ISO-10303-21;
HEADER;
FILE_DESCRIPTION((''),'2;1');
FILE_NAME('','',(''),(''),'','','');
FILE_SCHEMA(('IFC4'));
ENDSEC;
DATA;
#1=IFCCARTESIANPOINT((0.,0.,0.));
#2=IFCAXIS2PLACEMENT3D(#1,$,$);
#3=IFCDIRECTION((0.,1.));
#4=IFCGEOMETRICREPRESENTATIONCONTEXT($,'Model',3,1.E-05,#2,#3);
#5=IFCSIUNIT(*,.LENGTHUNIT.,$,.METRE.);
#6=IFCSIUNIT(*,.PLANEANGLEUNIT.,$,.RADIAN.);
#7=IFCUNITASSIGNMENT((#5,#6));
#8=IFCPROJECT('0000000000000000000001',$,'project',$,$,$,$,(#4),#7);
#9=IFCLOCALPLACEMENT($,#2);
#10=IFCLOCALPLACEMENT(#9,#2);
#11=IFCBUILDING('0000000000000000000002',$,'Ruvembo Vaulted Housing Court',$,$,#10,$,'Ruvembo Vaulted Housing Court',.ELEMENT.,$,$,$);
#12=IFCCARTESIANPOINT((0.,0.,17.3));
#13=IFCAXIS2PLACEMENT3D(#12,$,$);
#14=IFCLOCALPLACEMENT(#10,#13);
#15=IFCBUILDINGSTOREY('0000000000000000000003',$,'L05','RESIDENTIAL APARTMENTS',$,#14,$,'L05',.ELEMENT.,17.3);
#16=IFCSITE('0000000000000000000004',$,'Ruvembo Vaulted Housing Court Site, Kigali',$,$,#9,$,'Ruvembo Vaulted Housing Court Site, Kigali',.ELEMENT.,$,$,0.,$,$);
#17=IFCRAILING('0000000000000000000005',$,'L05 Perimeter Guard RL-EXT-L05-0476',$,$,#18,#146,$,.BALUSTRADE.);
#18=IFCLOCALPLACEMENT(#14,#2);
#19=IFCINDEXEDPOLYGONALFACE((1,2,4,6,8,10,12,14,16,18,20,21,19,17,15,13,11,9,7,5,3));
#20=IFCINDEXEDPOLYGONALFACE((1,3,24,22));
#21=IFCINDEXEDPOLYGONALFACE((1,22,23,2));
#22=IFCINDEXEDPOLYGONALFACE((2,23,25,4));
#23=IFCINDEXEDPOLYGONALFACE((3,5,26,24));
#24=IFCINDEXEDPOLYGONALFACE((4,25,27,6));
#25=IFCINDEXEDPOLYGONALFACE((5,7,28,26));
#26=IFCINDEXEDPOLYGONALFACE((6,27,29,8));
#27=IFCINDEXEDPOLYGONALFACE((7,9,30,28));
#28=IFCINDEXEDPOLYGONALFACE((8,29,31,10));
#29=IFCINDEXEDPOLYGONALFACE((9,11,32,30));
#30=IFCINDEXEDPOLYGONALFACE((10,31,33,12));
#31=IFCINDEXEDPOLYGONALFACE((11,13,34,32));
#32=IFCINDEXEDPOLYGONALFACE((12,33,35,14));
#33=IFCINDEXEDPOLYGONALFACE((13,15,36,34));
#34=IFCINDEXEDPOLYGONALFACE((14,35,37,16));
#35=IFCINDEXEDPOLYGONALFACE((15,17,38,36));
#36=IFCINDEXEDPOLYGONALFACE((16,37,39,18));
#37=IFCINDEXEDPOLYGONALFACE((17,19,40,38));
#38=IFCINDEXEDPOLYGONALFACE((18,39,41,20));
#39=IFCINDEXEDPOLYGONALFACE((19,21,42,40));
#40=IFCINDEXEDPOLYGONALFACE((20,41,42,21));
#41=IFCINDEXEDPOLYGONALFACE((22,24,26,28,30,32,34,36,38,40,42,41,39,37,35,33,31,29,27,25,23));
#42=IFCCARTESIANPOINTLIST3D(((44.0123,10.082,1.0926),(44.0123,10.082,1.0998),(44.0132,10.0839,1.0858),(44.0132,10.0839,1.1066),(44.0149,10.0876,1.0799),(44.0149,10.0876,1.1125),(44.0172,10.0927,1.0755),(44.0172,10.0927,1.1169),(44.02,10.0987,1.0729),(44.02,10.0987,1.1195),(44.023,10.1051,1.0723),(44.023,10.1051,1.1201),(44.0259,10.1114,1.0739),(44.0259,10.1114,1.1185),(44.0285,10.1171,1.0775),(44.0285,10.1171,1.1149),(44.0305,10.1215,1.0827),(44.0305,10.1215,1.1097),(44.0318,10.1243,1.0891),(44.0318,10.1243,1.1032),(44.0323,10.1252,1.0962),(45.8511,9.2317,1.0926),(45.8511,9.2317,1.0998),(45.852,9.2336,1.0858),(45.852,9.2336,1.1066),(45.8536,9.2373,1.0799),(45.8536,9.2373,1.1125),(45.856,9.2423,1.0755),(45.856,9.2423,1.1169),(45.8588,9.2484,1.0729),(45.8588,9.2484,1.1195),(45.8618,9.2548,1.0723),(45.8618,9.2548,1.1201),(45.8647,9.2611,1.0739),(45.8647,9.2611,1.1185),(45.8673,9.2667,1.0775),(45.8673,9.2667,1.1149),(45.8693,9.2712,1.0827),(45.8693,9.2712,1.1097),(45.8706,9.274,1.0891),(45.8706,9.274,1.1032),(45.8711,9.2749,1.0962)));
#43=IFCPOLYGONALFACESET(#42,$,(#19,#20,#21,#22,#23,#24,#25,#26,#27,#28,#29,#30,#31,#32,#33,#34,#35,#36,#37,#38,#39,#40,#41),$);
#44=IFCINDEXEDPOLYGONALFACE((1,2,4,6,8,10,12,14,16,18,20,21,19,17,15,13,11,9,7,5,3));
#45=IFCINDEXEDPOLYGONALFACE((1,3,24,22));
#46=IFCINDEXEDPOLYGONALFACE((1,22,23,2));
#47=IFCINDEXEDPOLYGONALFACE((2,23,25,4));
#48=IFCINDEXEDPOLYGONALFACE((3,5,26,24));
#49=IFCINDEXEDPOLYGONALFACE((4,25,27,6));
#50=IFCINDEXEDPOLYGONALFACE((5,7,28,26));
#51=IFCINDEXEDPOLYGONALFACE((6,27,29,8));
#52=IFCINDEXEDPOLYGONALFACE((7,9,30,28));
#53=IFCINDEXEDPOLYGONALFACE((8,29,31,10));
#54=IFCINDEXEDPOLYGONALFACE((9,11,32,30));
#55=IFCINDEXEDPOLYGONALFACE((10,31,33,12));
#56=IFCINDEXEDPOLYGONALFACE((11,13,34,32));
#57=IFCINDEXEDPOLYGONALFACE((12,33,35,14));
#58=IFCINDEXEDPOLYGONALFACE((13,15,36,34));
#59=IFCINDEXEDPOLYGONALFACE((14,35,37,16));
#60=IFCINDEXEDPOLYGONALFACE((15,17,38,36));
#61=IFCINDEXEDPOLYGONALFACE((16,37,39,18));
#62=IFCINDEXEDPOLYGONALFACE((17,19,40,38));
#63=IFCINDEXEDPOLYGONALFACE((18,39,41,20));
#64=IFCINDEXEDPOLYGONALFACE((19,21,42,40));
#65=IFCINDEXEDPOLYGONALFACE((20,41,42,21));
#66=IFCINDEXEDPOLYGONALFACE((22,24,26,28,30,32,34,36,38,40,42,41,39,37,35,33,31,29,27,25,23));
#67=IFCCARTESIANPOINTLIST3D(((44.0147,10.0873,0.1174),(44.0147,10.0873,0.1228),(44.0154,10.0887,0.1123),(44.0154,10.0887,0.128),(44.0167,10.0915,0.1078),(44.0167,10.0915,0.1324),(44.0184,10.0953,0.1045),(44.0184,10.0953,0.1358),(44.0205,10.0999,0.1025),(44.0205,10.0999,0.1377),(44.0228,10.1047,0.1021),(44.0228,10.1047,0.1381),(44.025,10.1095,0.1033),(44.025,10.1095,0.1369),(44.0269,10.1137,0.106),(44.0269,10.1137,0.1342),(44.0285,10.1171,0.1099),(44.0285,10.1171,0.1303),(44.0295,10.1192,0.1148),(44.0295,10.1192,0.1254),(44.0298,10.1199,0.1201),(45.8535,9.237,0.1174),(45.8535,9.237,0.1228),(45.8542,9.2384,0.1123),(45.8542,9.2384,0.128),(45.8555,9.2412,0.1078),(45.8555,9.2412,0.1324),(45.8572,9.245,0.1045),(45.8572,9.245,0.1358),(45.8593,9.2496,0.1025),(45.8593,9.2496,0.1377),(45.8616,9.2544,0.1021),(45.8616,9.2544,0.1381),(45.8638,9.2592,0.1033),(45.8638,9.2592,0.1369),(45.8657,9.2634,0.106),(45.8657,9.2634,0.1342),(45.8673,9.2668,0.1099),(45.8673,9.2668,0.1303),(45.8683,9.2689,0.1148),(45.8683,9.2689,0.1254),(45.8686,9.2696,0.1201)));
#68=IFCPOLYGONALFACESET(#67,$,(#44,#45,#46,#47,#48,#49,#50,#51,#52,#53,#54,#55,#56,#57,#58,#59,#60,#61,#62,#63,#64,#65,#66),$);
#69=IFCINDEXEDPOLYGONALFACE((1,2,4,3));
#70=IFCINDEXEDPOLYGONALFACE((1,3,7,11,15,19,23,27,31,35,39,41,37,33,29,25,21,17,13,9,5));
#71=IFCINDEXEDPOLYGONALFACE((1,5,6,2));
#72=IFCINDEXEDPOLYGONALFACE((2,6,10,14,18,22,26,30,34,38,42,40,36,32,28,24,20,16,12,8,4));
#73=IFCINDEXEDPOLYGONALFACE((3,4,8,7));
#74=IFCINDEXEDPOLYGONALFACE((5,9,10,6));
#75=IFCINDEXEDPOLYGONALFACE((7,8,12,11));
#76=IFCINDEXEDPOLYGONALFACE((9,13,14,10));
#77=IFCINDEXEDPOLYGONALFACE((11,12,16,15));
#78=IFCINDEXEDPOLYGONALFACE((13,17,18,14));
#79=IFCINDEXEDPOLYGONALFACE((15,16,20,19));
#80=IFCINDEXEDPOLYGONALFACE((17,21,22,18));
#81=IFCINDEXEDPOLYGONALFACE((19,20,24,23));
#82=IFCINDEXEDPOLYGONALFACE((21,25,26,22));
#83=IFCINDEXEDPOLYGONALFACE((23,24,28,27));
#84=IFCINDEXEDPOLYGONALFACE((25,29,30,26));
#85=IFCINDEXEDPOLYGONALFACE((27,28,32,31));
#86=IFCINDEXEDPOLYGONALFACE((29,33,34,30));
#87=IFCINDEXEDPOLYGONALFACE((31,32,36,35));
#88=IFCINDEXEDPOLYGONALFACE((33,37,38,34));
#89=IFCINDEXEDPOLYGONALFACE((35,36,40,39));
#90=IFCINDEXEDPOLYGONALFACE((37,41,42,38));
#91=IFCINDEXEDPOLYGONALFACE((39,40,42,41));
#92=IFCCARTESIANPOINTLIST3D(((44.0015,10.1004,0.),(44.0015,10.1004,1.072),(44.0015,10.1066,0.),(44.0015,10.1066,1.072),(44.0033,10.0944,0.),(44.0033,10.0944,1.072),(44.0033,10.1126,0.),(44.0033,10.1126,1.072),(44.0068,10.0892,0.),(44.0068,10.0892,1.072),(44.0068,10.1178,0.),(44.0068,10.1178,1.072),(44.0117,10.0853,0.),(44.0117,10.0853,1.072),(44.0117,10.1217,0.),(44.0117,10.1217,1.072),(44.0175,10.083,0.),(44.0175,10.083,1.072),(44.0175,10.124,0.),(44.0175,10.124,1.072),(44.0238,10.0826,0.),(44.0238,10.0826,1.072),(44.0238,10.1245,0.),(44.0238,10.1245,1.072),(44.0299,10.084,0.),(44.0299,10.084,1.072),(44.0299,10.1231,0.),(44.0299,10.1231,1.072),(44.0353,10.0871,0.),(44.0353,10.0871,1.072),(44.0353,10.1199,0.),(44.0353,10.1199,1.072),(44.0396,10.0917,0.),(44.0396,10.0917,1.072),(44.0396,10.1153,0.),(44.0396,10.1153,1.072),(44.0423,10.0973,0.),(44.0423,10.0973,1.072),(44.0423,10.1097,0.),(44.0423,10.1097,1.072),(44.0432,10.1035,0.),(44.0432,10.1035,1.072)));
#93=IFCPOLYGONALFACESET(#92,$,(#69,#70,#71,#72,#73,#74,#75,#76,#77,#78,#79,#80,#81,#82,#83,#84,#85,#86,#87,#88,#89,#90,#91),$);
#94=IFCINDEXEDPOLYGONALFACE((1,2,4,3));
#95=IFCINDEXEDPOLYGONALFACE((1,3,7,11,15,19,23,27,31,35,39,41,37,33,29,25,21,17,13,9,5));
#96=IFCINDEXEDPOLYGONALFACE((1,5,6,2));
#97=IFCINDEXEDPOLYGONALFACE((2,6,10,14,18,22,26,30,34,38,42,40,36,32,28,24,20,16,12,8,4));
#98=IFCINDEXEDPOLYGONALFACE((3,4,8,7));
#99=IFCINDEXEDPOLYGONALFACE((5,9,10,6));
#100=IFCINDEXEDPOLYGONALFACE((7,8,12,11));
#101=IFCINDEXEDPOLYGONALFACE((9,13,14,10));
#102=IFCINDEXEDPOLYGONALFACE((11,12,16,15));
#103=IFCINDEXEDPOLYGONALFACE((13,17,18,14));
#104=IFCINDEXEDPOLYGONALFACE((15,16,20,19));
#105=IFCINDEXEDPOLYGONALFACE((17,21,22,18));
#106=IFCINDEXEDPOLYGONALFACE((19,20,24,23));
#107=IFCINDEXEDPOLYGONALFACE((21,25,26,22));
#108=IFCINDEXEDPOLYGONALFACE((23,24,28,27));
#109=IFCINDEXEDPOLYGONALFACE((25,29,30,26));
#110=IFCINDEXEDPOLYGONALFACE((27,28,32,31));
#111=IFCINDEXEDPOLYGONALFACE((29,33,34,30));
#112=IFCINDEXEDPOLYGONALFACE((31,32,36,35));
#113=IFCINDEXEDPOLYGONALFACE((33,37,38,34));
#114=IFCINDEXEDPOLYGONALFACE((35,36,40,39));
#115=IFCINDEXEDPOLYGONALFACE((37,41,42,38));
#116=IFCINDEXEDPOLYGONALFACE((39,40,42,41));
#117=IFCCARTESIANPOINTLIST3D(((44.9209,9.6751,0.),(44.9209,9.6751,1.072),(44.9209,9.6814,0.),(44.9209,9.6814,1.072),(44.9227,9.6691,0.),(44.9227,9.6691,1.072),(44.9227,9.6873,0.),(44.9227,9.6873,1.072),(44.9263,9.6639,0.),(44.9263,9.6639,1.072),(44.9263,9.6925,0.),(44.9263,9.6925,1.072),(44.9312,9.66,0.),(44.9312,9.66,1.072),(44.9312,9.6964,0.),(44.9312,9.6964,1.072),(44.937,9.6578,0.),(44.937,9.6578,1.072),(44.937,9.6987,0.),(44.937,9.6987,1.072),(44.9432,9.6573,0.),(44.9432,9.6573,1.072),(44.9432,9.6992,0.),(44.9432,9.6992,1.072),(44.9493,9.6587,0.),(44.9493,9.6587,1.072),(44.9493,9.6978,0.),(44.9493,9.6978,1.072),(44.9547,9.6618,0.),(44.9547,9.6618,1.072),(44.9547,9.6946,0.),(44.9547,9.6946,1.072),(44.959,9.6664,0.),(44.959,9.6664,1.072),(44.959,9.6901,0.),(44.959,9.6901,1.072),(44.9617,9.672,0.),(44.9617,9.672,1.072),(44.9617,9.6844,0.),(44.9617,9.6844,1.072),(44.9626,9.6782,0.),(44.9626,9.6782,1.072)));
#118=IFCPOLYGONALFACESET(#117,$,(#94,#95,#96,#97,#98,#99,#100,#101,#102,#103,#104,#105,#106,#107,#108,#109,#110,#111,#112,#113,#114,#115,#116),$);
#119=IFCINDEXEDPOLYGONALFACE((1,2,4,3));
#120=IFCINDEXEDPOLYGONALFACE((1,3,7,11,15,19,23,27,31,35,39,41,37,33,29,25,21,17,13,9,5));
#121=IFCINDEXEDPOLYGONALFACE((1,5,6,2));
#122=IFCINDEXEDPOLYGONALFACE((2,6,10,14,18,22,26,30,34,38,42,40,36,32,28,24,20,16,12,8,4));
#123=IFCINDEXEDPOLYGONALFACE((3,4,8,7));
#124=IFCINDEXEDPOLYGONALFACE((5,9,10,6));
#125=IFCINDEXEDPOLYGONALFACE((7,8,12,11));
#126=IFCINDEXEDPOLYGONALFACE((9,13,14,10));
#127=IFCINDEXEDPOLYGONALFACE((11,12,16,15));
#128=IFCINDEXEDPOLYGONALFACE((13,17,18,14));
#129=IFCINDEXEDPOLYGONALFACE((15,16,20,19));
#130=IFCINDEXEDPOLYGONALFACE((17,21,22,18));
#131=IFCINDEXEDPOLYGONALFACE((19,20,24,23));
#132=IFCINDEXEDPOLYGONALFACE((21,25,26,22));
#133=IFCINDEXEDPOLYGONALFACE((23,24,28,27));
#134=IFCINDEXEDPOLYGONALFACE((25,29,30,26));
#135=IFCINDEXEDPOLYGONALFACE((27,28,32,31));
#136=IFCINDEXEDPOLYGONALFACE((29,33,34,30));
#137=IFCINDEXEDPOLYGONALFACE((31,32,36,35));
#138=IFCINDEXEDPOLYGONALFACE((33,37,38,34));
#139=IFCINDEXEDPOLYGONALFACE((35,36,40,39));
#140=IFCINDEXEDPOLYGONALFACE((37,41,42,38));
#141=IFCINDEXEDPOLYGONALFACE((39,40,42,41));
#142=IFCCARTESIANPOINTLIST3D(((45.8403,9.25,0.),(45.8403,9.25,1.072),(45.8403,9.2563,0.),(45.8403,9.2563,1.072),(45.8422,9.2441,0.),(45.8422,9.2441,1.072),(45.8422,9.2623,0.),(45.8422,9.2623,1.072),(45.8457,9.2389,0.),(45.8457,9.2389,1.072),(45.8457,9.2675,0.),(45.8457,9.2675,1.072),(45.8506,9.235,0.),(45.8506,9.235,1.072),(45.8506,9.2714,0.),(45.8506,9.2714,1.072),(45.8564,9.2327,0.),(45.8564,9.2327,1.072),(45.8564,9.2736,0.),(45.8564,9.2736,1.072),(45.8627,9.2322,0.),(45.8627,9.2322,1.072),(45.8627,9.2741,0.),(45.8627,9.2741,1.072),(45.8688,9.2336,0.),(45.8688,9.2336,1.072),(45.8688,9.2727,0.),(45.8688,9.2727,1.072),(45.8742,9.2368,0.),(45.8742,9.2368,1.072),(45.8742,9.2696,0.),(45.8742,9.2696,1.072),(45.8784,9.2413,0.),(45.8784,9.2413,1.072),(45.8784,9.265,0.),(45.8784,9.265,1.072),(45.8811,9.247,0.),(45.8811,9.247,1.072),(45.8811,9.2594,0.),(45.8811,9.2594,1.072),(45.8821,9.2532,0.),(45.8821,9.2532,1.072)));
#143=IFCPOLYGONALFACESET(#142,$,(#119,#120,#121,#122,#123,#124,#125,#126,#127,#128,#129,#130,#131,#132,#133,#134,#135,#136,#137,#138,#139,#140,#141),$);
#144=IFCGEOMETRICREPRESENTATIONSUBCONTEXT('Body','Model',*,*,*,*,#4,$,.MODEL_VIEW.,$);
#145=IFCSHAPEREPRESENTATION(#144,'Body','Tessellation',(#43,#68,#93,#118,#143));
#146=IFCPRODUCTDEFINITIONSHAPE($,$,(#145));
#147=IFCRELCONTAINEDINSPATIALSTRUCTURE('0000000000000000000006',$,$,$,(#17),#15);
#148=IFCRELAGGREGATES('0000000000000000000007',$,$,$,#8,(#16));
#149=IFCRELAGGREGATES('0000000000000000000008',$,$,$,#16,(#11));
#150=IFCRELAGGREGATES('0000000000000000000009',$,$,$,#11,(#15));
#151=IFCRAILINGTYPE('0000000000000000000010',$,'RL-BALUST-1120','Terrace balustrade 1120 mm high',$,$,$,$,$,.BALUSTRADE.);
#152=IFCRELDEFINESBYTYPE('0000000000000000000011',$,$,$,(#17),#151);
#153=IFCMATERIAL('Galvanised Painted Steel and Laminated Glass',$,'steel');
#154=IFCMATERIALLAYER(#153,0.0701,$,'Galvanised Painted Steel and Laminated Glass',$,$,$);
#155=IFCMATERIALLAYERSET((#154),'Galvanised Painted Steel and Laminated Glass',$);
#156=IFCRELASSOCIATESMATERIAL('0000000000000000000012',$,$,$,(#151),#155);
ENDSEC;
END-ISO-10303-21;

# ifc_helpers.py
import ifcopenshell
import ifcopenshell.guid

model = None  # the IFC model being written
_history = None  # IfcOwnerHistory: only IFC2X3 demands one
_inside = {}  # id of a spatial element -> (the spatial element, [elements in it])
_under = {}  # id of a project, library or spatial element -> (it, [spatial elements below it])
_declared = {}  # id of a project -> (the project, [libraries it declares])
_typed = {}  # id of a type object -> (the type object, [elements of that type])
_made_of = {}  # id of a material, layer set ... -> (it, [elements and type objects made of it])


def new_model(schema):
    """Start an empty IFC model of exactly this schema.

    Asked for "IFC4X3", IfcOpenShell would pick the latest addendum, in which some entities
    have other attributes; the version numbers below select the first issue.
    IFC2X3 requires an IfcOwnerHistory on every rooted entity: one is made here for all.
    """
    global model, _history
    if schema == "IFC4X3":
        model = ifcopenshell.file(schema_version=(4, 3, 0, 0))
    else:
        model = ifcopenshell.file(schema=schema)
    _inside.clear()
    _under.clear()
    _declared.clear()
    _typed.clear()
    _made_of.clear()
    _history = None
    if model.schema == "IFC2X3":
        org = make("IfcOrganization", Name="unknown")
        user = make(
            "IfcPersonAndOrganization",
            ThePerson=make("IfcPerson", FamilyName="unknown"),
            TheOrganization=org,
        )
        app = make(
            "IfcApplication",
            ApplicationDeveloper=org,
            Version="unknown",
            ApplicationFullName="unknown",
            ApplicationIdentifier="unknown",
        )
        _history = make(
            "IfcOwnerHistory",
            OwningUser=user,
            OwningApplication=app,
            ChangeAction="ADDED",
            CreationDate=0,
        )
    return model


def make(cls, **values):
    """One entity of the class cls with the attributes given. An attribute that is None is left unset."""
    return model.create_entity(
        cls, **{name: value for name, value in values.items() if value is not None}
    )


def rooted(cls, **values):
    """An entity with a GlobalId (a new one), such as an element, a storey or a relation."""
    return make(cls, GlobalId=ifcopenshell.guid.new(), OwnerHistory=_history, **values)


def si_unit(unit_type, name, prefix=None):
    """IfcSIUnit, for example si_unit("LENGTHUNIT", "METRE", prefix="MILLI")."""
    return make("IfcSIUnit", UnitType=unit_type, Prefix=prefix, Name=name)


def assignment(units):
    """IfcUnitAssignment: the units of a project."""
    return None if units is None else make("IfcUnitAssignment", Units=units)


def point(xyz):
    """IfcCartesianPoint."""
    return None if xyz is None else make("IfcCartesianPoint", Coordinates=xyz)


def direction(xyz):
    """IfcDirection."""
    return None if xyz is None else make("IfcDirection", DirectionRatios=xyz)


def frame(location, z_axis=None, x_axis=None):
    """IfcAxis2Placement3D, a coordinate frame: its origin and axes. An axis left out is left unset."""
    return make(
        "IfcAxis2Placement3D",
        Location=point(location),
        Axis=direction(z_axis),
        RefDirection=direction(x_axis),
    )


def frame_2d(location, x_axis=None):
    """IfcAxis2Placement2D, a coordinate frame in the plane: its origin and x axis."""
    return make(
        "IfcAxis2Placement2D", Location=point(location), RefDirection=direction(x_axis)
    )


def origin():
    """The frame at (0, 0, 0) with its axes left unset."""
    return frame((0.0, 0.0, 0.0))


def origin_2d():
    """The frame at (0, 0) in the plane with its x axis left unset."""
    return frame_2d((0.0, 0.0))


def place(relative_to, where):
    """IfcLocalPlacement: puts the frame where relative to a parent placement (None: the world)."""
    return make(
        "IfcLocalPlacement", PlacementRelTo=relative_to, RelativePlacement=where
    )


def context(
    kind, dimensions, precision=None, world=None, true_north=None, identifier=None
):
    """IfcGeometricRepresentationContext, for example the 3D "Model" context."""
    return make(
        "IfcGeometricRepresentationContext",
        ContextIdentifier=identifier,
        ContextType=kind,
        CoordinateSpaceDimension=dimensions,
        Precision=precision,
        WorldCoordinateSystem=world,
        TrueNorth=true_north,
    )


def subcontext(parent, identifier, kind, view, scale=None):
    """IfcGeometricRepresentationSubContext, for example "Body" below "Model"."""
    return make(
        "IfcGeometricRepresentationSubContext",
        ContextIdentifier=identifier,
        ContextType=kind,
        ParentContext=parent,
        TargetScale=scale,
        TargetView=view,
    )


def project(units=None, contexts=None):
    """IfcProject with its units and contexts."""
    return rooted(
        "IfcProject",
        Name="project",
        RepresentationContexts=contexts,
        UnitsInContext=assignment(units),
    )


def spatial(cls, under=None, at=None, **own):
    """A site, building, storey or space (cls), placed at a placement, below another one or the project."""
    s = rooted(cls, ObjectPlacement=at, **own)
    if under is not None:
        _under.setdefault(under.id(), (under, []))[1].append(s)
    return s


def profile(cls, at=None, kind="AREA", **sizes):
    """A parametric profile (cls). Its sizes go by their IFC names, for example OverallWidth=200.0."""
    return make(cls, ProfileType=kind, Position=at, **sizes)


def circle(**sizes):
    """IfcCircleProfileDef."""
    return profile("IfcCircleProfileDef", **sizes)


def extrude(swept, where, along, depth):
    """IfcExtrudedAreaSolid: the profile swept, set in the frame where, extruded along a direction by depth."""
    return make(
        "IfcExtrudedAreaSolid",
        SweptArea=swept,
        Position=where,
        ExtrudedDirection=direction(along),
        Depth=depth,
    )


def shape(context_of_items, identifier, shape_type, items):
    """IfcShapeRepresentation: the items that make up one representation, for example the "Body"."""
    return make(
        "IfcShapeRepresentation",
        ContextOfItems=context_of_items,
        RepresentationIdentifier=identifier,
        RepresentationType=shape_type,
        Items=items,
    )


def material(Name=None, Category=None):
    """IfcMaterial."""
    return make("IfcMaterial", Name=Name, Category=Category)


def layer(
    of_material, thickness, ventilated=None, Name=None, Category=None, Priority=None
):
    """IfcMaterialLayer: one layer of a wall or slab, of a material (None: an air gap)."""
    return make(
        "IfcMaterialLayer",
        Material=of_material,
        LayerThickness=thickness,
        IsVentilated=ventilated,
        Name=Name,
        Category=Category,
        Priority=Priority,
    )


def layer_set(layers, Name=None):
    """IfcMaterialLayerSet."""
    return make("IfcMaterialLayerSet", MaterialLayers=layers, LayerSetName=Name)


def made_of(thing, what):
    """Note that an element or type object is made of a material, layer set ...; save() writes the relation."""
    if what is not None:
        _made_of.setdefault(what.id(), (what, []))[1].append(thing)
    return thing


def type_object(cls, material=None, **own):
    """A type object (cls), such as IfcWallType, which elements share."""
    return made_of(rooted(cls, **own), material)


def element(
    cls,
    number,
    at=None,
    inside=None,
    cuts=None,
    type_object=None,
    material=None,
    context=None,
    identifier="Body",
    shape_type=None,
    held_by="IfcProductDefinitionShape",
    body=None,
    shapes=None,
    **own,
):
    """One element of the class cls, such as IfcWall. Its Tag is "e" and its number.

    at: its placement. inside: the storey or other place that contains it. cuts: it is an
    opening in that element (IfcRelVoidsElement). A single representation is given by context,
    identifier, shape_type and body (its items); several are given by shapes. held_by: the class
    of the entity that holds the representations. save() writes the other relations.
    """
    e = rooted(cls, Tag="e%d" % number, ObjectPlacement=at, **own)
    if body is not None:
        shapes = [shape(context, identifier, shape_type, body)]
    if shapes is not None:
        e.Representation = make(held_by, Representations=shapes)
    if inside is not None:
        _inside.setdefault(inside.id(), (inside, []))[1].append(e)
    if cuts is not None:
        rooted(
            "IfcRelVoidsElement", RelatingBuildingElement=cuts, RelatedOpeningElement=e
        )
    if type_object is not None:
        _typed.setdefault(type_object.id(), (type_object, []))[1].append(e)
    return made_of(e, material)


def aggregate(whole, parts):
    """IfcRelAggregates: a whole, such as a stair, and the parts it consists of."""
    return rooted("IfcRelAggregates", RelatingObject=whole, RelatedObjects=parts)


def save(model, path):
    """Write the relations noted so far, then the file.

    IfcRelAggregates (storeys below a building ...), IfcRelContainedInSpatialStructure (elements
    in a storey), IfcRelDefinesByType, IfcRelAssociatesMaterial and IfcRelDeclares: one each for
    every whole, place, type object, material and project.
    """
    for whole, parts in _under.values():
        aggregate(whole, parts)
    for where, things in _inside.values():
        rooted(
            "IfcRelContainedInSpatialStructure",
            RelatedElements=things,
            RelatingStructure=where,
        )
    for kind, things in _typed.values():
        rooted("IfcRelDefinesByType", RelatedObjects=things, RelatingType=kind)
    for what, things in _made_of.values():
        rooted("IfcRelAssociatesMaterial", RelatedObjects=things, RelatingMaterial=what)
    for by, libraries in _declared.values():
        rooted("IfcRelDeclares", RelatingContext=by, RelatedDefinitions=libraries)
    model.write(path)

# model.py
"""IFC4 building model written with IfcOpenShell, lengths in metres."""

from ifc_helpers import new_model, si_unit, direction, frame, origin, origin_2d, place, context, subcontext, project, spatial, circle, extrude, material, layer, layer_set, type_object, element, save


model = new_model("IFC4")

# Units and contexts
model_context = context("Model", 3, precision=1e-05, world=origin(), true_north=direction((0.0, 1.0)))
body_context = subcontext(model_context, "Body", "Model", "MODEL_VIEW")
ifc_project = project(units=[si_unit("LENGTHUNIT", "METRE"), si_unit("PLANEANGLEUNIT", "RADIAN")], contexts=[model_context])

# Site, building, storey
site_placement = place(None, origin())
site = spatial("IfcSite", under=ifc_project, at=site_placement, Name="Ruvembo Vaulted Housing Court Site, Kigali", LongName="Ruvembo Vaulted Housing Court Site, Kigali", CompositionType="ELEMENT", RefElevation=0.0)
building_placement = place(site_placement, origin())
building = spatial("IfcBuilding", under=site, at=building_placement, Name="Ruvembo Vaulted Housing Court", LongName="Ruvembo Vaulted Housing Court", CompositionType="ELEMENT")
storey_placement = place(building_placement, frame((0.0, 0.0, 17.3)))
storey = spatial("IfcBuildingStorey", under=building, at=storey_placement, Name="L05", Description="RESIDENTIAL APARTMENTS", LongName="L05", CompositionType="ELEMENT", Elevation=17.3)

# Railing
ifc_material_1 = material(Name="Galvanised Painted Steel and Laminated Glass", Category="steel")
ifc_layer_1 = layer(ifc_material_1, 0.0701, Name="Galvanised Painted Steel and Laminated Glass")
ifc_layer_set_1 = layer_set([ifc_layer_1], Name="Galvanised Painted Steel and Laminated Glass")
railing_type = type_object("IfcRailingType", Name="RL-BALUST-1120", Description="Terrace balustrade 1120 mm high", PredefinedType="BALUSTRADE", material=ifc_layer_set_1)
railing_1_placement = place(storey_placement, frame((44.0222, 10.1035, 0.0)))
element("IfcRailing", 1, at=railing_1_placement, inside=storey, type_object=railing_type, Name="L05 Perimeter Guard RL-EXT-L05-0476", PredefinedType="BALUSTRADE", context=body_context, shape_type="SweptSolid", body=[
    extrude(circle(Radius=0.0239, at=origin_2d()), frame((0.0, 0.0, 1.0962), z_axis=(0.907652, -0.419723, 0.0), x_axis=(0.419723, 0.907652, 0.0)), (0.0, 0.0, 1.0), 2.0259),
    extrude(circle(Radius=0.0181, at=origin_2d()), frame((0.0, 0.0, 0.1201), z_axis=(0.907652, -0.419723, 0.0), x_axis=(0.419723, 0.907652, 0.0)), (0.0, 0.0, 1.0), 2.0259),
    extrude(circle(Radius=0.021, at=origin_2d()), origin(), (0.0, 0.0, 1.0), 1.072),
    extrude(circle(Radius=0.021, at=origin_2d()), frame((0.9194, -0.4253, 0.0)), (0.0, 0.0, 1.0), 1.072),
    extrude(circle(Radius=0.021, at=origin_2d()), frame((1.8389, -0.8503, 0.0)), (0.0, 0.0, 1.0), 1.072),
])

save(model, "model.ifc")
